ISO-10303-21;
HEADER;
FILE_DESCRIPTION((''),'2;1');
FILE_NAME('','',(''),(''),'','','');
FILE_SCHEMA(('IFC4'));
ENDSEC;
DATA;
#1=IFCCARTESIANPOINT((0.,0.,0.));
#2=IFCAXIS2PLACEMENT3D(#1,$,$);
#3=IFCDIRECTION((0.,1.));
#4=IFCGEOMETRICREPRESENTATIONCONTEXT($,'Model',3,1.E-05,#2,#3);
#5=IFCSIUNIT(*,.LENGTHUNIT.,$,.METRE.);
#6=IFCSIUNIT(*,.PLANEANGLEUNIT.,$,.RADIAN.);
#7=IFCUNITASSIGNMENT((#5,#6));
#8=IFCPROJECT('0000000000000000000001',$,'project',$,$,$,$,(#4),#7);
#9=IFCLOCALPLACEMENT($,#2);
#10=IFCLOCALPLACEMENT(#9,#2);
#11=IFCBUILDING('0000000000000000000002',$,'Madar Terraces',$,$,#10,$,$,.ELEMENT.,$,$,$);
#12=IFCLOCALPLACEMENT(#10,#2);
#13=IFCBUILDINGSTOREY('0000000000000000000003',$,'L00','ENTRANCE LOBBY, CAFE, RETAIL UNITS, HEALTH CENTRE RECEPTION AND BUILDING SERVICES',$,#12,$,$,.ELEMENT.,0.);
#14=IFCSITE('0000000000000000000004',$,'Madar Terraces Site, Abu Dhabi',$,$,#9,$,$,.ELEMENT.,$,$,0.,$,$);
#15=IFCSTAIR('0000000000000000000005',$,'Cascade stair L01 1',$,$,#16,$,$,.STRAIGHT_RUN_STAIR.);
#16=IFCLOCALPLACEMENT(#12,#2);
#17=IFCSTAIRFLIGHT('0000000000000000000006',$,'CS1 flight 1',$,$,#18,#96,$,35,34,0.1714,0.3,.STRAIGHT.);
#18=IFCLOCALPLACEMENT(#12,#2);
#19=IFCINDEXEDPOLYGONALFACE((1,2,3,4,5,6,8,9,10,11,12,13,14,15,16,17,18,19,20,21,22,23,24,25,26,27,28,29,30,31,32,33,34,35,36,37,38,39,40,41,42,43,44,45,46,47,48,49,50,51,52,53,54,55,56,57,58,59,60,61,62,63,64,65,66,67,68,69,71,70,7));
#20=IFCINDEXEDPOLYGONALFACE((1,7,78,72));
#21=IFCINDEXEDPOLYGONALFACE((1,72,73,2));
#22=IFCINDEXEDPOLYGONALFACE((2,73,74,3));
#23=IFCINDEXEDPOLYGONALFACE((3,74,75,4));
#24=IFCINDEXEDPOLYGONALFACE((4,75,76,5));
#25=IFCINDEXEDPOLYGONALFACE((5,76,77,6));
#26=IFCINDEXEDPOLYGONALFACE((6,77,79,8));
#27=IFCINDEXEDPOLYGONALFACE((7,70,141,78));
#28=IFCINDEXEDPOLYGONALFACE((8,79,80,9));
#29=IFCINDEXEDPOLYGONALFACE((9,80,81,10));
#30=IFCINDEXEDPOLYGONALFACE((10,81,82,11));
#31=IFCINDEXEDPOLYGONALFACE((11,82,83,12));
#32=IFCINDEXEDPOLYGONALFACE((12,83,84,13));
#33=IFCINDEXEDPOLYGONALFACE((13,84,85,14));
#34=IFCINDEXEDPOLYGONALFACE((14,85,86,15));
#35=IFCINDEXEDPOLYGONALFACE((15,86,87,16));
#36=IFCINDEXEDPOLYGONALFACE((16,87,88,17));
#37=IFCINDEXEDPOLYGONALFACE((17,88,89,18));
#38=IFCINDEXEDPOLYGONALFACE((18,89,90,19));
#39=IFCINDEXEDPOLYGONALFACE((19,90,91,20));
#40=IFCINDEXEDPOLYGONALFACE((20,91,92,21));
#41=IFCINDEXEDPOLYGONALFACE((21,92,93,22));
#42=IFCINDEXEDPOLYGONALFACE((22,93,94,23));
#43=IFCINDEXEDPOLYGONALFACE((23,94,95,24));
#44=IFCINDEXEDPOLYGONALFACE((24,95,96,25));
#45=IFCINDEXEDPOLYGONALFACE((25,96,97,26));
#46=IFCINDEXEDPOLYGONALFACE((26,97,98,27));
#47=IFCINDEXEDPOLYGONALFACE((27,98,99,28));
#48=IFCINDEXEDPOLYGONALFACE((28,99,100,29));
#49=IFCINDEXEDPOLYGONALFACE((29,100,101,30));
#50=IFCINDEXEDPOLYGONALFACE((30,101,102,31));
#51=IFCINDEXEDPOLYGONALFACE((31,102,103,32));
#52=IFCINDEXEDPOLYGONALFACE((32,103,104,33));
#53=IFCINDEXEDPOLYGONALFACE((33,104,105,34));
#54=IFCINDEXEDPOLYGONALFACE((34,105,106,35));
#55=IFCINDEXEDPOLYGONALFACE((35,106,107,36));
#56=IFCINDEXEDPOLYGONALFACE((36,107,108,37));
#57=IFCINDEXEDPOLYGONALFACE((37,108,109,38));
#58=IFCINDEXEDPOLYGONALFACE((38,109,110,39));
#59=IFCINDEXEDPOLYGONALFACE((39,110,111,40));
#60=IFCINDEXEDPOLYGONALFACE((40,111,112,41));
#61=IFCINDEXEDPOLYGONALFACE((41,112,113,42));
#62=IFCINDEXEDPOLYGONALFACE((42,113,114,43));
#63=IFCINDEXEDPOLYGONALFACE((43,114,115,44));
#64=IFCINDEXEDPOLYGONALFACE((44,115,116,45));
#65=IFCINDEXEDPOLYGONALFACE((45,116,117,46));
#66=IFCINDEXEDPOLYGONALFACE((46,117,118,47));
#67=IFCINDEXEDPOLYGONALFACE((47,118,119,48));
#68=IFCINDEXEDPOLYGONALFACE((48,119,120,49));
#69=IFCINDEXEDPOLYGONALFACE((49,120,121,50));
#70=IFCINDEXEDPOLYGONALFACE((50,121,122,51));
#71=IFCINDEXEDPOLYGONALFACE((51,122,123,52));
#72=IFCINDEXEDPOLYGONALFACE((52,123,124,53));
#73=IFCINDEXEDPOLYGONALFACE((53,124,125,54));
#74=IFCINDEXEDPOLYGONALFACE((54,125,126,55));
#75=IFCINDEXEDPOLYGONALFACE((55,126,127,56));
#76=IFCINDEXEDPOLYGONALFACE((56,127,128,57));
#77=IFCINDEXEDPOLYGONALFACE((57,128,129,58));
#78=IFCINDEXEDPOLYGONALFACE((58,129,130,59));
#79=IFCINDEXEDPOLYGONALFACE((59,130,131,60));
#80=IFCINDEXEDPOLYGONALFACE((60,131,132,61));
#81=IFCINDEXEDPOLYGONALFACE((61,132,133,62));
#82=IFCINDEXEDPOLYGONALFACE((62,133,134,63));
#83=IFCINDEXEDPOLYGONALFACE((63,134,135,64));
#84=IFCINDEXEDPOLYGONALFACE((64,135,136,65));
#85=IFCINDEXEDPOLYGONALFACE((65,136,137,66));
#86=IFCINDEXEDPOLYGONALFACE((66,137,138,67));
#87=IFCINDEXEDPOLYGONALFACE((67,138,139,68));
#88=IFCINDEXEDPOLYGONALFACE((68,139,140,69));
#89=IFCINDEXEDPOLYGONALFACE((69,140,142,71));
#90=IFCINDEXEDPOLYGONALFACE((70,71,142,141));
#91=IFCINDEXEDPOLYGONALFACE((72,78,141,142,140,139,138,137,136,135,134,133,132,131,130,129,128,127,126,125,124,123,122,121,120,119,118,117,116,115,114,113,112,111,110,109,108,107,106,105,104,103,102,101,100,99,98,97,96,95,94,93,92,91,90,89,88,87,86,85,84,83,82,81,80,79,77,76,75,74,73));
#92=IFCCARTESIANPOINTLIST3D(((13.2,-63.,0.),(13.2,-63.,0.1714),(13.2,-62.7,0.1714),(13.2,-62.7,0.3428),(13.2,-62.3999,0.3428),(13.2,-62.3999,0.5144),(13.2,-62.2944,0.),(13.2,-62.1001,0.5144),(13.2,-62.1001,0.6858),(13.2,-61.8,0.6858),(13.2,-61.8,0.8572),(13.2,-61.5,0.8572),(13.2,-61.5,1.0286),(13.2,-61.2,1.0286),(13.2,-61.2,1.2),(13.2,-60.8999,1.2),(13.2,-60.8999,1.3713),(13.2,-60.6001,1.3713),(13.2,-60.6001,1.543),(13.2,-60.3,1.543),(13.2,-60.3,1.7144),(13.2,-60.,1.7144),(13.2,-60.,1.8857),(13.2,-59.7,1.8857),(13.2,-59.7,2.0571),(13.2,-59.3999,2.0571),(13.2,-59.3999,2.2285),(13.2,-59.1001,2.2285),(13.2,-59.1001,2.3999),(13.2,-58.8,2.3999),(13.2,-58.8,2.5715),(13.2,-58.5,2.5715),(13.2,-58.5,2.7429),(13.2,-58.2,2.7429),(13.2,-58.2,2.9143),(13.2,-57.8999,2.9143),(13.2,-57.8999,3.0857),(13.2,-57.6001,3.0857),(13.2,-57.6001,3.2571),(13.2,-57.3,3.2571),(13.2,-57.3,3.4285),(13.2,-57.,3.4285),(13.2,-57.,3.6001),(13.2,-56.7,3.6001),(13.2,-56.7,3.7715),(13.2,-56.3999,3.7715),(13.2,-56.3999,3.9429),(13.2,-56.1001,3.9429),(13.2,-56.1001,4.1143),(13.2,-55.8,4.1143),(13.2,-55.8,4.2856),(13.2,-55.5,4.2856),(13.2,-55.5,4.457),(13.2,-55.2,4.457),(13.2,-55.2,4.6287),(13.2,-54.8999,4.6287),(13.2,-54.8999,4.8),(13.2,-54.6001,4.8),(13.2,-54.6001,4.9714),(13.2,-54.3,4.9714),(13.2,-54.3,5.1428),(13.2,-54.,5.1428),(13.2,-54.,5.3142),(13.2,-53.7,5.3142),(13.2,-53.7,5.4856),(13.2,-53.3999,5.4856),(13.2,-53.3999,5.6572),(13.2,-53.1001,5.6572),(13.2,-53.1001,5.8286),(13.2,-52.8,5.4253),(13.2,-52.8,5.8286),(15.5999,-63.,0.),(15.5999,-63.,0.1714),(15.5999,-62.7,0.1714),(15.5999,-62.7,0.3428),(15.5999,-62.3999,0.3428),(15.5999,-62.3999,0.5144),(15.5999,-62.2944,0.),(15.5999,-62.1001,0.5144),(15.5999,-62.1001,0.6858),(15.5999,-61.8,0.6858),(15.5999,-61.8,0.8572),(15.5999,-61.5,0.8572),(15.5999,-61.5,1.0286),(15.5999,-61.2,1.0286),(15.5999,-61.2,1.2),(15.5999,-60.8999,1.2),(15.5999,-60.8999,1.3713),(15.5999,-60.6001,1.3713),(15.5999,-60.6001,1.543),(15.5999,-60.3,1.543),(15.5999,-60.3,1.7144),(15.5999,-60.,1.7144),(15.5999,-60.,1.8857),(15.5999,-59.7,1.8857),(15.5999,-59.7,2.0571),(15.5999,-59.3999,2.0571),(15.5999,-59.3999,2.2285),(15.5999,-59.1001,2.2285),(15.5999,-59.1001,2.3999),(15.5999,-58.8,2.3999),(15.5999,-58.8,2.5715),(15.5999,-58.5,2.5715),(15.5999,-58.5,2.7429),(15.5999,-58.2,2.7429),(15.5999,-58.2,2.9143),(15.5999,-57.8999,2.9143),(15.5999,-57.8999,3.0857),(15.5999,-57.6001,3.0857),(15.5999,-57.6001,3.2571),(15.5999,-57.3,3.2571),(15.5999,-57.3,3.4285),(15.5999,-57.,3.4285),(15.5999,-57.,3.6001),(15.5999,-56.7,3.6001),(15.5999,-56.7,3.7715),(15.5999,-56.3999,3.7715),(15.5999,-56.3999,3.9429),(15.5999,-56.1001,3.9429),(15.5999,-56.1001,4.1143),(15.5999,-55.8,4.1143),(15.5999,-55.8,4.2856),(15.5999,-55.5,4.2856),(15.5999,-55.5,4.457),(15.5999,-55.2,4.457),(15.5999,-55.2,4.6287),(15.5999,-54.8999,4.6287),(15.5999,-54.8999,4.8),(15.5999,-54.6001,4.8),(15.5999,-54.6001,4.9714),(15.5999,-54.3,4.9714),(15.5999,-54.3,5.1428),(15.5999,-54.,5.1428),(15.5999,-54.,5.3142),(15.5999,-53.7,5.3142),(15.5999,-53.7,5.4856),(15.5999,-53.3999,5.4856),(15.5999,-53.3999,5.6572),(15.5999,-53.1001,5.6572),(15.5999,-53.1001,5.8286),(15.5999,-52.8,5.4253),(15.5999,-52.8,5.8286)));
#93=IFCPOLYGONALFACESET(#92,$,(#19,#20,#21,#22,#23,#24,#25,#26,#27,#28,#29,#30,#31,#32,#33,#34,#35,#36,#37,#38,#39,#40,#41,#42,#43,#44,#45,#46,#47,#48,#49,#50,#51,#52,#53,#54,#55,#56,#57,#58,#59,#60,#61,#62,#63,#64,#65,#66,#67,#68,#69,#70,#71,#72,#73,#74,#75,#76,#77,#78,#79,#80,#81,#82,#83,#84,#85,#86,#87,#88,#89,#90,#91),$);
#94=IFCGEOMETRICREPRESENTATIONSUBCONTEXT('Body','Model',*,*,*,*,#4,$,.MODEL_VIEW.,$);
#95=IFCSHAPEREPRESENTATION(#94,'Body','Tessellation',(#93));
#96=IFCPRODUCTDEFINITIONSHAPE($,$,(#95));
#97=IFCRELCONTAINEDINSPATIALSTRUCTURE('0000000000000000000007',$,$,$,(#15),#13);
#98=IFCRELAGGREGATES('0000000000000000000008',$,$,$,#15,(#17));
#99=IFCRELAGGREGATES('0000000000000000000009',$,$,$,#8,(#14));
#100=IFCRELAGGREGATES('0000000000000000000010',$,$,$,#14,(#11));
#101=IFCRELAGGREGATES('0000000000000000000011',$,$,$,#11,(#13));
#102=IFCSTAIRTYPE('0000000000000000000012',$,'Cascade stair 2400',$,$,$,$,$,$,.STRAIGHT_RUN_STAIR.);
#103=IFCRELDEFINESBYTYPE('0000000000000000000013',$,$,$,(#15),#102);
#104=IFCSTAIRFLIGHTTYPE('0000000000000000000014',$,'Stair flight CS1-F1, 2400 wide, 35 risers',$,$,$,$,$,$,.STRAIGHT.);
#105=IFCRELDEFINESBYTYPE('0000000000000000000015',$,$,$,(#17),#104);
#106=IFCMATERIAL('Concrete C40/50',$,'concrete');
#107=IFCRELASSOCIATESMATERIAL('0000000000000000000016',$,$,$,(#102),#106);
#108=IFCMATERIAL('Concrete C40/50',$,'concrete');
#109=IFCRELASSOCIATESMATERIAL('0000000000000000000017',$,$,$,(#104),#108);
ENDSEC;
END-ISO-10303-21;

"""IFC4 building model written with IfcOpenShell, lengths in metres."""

from ifc_helpers import new_model, si_unit, direction, frame, origin, place, context, subcontext, project, spatial, polyline, outline, extrude, material, type_object, element, aggregate, save


model = new_model("IFC4")

# Units and contexts
model_context = context("Model", 3, precision=1e-05, world=origin(), true_north=direction((0.0, 1.0)))
body_context = subcontext(model_context, "Body", "Model", "MODEL_VIEW")
ifc_project = project(units=[si_unit("LENGTHUNIT", "METRE"), si_unit("PLANEANGLEUNIT", "RADIAN")], contexts=[model_context])

# Site, building, storey
site_placement = place(None, origin())
site = spatial("IfcSite", under=ifc_project, at=site_placement, Name="Madar Terraces Site, Abu Dhabi", CompositionType="ELEMENT", RefElevation=0.0)
building_placement = place(site_placement, origin())
building = spatial("IfcBuilding", under=site, at=building_placement, Name="Madar Terraces", CompositionType="ELEMENT")
storey_placement = place(building_placement, origin())
storey = spatial("IfcBuildingStorey", under=building, at=storey_placement, Name="L00", Description="ENTRANCE LOBBY, CAFE, RETAIL UNITS, HEALTH CENTRE RECEPTION AND BUILDING SERVICES", CompositionType="ELEMENT", Elevation=0.0)

# Stair, stair flight
ifc_material_1 = material(Name="Concrete C40/50", Category="concrete")
stair_type = type_object("IfcStairType", Name="Cascade stair 2400", PredefinedType="STRAIGHT_RUN_STAIR", material=ifc_material_1)
stair_placement = place(storey_placement, origin())
stair = element("IfcStair", 1, at=stair_placement, inside=storey, type_object=stair_type, Name="Cascade stair L01 1", PredefinedType="STRAIGHT_RUN_STAIR")
ifc_material_2 = material(Name="Concrete C40/50", Category="concrete")
stair_flight_type = type_object("IfcStairFlightType", Name="Stair flight CS1-F1, 2400 wide, 35 risers", PredefinedType="STRAIGHT", material=ifc_material_2)
stair_flight_placement = place(storey_placement, frame((14.3999, -63.0, 0.0), z_axis=(0.0, 0.0, 1.0), x_axis=(0.0, 1.0, 0.0)))
stair_flight = element("IfcStairFlight", 2, at=stair_flight_placement, type_object=stair_flight_type, Name="CS1 flight 1", NumberOfRisers=35, NumberOfTreads=34, PredefinedType="STRAIGHT", RiserHeight=0.1714, TreadLength=0.3, context=body_context, shape_type="SweptSolid", body=[
    extrude(outline(polyline([(0.0, 0.0), (0.0, 0.1714), (0.3, 0.1714), (0.3, 0.3428), (0.6001, 0.3428), (0.6001, 0.5144), (0.8999, 0.5144), (0.8999, 0.6858), (1.2, 0.6858), (1.2, 0.8572), (1.5, 0.8572), (1.5, 1.0286), (1.8, 1.0286), (1.8, 1.2), (2.1001, 1.2), (2.1001, 1.3713), (2.3999, 1.3713), (2.3999, 1.543), (2.7, 1.543), (2.7, 1.7144), (3.0, 1.7144), (3.0, 1.8857), (3.3, 1.8857), (3.3, 2.0571), (3.6001, 2.0571), (3.6001, 2.2285), (3.8999, 2.2285), (3.8999, 2.3999), (4.2, 2.3999), (4.2, 2.5715), (4.5, 2.5715), (4.5, 2.7429), (4.8, 2.7429), (4.8, 2.9143), (5.1001, 2.9143), (5.1001, 3.0857), (5.3999, 3.0857), (5.3999, 3.2571), (5.7, 3.2571), (5.7, 3.4285), (6.0, 3.4285), (6.0, 3.6001), (6.3, 3.6001), (6.3, 3.7715), (6.6001, 3.7715), (6.6001, 3.9429), (6.8999, 3.9429), (6.8999, 4.1143), (7.2, 4.1143), (7.2, 4.2856), (7.5, 4.2856), (7.5, 4.457), (7.8, 4.457), (7.8, 4.6287), (8.1001, 4.6287), (8.1001, 4.8), (8.3999, 4.8), (8.3999, 4.9714), (8.7, 4.9714), (8.7, 5.1428), (9.0, 5.1428), (9.0, 5.3142), (9.3, 5.3142), (9.3, 5.4856), (9.6001, 5.4856), (9.6001, 5.6572), (9.8999, 5.6572), (9.8999, 5.8286), (10.2, 5.8286), (10.2, 6.0), (10.2, 5.4253), (0.7056, 0.0), (0.0, 0.0)])), frame((0.0, 1.2, 0.0), z_axis=(0.0, -1.0, 0.0), x_axis=(1.0, 0.0, 0.0)), (0.0, 0.0, 1.0), 2.3999),
])
aggregate(stair, [stair_flight])

save(model, "model.ifc")
